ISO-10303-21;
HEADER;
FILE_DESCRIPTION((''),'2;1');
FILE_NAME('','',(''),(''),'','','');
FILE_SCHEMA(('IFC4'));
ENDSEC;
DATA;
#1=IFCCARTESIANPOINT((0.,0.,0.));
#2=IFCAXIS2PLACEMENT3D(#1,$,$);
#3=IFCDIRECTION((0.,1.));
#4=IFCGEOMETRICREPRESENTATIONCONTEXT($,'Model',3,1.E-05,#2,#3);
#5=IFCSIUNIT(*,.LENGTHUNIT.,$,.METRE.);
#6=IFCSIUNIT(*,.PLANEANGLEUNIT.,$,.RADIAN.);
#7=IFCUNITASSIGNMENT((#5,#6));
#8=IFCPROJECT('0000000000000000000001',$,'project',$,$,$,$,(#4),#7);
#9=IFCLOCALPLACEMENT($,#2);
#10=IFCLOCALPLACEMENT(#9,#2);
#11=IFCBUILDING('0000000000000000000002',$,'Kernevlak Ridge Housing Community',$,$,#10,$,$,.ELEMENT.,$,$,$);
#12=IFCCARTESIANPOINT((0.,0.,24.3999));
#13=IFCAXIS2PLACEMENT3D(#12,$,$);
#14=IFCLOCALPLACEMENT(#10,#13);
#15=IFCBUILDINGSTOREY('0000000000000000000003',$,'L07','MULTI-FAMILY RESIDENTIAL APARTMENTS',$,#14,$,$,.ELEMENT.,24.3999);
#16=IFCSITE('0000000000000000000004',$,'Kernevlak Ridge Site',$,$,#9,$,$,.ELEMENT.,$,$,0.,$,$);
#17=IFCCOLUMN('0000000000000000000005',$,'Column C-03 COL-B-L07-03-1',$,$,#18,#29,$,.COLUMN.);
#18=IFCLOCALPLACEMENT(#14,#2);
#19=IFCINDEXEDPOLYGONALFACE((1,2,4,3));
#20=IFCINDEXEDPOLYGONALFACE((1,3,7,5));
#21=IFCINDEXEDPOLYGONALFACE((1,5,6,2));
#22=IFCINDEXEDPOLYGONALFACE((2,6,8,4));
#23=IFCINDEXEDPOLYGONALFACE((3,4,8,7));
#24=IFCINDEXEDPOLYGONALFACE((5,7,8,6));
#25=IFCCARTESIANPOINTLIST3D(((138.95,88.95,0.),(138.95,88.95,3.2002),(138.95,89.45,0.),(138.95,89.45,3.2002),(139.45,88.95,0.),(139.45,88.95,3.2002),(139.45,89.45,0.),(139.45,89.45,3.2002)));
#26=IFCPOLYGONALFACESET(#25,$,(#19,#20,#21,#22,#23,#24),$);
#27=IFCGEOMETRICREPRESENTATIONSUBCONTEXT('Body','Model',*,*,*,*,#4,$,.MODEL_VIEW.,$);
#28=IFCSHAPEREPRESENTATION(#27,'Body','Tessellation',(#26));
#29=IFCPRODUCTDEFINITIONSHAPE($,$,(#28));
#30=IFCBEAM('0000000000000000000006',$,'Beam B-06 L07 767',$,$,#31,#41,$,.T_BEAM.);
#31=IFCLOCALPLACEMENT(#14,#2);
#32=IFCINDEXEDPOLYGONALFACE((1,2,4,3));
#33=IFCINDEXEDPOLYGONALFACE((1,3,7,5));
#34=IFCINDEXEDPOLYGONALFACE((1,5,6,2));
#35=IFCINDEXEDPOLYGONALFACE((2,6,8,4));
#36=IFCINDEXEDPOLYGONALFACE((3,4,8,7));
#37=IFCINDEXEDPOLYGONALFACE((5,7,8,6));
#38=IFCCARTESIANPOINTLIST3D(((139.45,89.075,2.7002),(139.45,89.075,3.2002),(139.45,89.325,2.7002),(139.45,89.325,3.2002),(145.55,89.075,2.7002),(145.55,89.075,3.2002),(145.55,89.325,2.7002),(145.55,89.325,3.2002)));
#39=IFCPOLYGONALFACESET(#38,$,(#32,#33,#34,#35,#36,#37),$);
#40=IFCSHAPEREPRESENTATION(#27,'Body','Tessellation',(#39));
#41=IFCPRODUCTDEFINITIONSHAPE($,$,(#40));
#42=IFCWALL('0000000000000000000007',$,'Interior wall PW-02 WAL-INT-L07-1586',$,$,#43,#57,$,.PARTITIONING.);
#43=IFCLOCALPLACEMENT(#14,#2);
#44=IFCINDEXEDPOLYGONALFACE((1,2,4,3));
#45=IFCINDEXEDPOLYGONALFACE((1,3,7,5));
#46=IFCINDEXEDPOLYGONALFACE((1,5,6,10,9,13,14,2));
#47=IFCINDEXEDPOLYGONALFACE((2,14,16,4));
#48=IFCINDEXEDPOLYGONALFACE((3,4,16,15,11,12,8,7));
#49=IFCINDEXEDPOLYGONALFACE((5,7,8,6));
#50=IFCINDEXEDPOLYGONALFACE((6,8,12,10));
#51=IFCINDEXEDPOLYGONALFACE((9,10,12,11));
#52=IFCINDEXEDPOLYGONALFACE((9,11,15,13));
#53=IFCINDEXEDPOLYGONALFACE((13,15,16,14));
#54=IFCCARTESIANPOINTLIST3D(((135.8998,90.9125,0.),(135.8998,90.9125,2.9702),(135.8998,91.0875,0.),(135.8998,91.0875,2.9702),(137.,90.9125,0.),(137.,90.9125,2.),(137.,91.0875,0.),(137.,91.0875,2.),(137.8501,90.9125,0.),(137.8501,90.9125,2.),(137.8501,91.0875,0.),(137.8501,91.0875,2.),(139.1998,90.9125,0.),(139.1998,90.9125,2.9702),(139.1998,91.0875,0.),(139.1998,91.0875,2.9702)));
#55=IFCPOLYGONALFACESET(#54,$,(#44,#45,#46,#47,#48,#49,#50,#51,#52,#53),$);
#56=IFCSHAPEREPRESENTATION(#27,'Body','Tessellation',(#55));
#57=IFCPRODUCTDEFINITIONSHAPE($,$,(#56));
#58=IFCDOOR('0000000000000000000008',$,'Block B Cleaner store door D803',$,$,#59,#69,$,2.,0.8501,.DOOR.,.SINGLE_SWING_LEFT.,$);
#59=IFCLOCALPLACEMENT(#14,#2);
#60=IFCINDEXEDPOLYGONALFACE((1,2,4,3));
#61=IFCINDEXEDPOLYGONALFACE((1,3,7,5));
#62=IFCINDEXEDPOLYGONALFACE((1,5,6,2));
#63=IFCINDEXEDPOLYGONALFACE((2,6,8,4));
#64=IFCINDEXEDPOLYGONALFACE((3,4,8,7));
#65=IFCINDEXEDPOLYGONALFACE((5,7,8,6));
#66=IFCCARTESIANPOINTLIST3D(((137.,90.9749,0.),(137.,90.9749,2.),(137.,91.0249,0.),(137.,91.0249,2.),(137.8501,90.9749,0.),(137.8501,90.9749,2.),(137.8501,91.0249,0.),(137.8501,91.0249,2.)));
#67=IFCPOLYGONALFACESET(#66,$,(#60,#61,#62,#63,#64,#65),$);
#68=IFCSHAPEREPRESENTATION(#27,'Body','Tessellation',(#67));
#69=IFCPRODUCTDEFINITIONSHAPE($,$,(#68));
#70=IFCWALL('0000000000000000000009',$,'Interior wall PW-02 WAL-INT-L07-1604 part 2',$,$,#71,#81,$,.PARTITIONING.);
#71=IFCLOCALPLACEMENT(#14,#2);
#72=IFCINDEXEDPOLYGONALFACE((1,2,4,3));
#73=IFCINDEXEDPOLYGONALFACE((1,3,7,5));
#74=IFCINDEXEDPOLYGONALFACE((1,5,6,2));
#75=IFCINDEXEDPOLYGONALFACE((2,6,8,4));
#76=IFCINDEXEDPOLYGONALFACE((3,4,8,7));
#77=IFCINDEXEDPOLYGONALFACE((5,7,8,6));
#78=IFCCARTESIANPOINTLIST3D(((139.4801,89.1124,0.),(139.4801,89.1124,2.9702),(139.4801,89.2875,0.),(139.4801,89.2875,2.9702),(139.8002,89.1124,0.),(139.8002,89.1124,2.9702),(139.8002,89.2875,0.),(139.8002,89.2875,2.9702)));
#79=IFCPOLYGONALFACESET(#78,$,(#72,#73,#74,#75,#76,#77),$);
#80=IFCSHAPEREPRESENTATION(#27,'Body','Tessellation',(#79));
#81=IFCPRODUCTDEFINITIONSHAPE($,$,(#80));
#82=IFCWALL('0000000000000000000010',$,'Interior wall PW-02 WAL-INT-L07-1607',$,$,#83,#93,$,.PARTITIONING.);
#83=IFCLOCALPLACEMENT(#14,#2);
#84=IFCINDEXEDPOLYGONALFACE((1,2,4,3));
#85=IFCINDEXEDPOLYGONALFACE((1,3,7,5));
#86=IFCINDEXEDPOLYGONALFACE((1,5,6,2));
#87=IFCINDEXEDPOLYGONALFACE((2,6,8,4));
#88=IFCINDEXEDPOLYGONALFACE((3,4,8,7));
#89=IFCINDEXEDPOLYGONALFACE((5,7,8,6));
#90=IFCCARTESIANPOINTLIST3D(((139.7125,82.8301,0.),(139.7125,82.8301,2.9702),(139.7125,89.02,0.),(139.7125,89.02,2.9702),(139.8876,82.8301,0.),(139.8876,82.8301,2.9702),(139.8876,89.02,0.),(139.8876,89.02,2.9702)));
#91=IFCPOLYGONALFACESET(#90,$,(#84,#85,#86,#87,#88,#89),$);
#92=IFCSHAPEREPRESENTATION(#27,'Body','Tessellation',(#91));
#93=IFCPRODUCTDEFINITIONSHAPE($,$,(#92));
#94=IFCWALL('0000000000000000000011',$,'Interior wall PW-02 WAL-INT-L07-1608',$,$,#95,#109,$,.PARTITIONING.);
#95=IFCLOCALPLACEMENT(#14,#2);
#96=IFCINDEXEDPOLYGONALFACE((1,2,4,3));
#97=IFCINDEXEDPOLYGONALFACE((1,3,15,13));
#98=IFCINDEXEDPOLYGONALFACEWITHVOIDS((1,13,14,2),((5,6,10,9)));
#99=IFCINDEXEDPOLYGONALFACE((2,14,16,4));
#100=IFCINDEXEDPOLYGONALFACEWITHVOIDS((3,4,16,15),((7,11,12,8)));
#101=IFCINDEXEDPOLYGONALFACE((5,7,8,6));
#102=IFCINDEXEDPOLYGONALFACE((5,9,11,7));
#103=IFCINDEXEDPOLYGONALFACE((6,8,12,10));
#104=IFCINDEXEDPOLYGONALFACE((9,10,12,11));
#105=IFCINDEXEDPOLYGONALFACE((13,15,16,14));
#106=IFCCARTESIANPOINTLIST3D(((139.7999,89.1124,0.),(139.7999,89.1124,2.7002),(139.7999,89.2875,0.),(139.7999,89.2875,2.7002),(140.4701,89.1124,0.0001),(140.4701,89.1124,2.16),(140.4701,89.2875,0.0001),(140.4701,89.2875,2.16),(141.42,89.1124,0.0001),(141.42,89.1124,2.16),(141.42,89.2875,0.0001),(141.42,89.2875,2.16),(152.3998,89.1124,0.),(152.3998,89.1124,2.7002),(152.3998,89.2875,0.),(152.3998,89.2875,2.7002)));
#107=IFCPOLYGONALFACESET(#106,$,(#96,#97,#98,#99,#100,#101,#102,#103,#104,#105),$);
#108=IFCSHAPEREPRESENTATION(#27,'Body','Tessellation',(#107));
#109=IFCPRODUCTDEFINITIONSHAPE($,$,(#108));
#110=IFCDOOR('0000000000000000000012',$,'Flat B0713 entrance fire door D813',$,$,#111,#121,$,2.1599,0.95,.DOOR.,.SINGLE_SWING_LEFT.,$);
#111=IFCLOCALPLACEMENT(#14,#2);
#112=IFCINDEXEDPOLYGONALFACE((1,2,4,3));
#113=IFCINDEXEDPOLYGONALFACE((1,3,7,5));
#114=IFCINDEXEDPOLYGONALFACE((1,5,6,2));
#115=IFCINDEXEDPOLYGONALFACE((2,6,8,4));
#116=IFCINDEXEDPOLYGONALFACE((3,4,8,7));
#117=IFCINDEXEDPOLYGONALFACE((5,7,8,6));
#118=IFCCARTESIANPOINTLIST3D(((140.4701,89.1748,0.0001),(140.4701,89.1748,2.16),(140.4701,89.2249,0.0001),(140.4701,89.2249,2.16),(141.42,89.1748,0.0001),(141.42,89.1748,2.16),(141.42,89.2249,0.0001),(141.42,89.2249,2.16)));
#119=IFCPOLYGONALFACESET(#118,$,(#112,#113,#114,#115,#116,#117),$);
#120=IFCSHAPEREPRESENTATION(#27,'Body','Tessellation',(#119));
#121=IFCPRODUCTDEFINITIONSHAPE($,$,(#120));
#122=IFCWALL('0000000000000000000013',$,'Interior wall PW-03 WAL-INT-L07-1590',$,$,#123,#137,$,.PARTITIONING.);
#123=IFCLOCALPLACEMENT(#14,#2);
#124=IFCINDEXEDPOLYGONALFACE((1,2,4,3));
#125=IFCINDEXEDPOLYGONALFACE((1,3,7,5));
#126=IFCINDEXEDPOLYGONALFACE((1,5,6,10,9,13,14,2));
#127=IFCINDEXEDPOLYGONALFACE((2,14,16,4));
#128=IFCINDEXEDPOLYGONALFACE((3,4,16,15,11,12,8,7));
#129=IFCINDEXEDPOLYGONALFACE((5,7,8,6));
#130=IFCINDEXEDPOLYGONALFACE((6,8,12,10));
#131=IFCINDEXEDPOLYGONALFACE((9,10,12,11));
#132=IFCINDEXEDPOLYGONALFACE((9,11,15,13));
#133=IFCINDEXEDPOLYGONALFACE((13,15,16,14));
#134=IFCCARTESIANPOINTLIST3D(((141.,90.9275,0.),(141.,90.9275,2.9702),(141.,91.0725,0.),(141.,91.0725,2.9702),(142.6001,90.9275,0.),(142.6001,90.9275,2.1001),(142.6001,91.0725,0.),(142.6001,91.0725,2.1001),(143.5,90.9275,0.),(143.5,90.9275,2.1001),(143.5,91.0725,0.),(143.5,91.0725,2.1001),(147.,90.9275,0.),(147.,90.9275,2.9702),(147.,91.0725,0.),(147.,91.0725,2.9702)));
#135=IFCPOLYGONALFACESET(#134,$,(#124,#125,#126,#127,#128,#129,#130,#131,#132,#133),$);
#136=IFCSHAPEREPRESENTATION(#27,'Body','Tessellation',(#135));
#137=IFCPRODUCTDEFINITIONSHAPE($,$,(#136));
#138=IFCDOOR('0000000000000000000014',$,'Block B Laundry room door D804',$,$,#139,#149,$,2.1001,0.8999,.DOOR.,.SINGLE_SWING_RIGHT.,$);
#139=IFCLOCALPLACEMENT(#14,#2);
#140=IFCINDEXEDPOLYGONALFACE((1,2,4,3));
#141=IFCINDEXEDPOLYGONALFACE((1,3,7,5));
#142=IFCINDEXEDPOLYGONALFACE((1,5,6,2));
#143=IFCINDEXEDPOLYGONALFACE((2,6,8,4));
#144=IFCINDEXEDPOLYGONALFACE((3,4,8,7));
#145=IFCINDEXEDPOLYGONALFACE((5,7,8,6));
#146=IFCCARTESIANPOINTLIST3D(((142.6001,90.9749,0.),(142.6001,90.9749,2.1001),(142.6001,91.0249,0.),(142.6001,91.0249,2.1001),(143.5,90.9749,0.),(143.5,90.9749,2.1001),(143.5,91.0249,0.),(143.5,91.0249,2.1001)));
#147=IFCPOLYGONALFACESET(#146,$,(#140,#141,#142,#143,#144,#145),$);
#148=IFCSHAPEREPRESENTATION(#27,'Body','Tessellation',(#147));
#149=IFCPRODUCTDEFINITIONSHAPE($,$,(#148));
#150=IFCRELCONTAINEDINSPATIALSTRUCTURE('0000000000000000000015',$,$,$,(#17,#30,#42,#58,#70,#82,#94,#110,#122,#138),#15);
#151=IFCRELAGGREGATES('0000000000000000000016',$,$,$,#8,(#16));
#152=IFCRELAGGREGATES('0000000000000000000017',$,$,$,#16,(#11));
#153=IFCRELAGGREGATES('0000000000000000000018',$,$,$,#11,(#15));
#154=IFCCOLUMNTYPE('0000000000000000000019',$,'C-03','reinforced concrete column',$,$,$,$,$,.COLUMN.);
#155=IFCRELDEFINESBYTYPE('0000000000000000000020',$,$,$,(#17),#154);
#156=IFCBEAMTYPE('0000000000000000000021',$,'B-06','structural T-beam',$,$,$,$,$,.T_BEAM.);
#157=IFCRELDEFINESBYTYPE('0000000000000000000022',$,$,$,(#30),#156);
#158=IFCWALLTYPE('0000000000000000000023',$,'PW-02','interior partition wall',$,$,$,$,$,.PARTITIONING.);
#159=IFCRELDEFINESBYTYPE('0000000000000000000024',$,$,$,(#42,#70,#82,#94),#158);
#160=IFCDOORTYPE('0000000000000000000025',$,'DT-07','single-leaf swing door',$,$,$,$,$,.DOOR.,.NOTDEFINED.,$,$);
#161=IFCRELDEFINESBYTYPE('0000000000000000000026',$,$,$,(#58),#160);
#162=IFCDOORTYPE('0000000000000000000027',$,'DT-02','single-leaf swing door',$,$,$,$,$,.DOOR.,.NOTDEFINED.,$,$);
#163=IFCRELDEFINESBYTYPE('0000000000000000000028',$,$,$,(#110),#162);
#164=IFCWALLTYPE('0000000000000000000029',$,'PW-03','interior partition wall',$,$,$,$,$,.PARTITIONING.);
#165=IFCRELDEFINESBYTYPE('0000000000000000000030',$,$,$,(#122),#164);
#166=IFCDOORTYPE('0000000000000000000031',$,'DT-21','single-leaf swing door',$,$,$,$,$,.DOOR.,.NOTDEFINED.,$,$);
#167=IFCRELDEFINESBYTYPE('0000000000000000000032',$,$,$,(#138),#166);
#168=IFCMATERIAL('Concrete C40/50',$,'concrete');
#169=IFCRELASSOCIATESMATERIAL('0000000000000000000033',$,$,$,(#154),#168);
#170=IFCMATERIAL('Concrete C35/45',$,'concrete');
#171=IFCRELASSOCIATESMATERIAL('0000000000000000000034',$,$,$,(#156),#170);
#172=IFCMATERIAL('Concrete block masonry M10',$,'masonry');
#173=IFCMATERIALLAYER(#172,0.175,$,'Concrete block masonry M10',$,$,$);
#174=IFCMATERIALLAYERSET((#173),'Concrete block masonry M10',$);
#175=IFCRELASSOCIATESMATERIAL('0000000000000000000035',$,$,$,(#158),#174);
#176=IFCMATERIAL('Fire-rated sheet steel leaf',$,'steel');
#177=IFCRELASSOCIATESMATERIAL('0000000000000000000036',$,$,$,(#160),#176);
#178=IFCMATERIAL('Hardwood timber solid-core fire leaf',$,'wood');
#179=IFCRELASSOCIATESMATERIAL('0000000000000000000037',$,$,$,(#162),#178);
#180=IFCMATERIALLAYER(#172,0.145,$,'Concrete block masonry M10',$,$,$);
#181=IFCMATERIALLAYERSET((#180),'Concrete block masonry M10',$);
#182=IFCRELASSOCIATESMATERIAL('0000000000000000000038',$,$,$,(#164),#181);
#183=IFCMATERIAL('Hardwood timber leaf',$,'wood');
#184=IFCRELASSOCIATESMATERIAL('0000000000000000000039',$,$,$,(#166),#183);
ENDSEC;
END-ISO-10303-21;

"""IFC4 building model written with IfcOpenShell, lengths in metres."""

from ifc_helpers import new_model, si_unit, direction, frame, frame_2d, origin, origin_2d, place, context, subcontext, project, spatial, rectangle, extrude, material, layer, layer_set, material_profile, profile_set, type_object, element, fill, save


model = new_model("IFC4")

# Units and contexts
model_context = context("Model", 3, precision=1e-05, world=origin(), true_north=direction((0.0, 1.0)))
body_context = subcontext(model_context, "Body", "Model", "MODEL_VIEW")
ifc_project = project(units=[si_unit("LENGTHUNIT", "METRE"), si_unit("PLANEANGLEUNIT", "RADIAN")], contexts=[model_context])

# Site, building, storey
site_placement = place(None, origin())
site = spatial("IfcSite", under=ifc_project, at=site_placement, Name="Kernevlak Ridge Site", CompositionType="ELEMENT", RefElevation=0.0)
building_placement = place(site_placement, origin())
building = spatial("IfcBuilding", under=site, at=building_placement, Name="Kernevlak Ridge Housing Community", CompositionType="ELEMENT")
storey_placement = place(building_placement, frame((0.0, 0.0, 24.3999)))
storey = spatial("IfcBuildingStorey", under=building, at=storey_placement, Name="L07", Description="MULTI-FAMILY RESIDENTIAL APARTMENTS", CompositionType="ELEMENT", Elevation=24.3999)

# Column
ifc_material_1 = material(Name="Concrete C40/50", Category="concrete")
ifc_material_profile_1 = material_profile(ifc_material_1, rectangle(XDim=0.5, YDim=0.5, at=origin_2d()), Name="RC 500x500")
ifc_profile_set_1 = profile_set([ifc_material_profile_1], Name="Concrete C40/50")
column_type = type_object("IfcColumnType", Name="C-03", Description="reinforced concrete column", PredefinedType="COLUMN", material=ifc_profile_set_1)
column_placement = place(storey_placement, frame((139.2, 89.2, 0.0), z_axis=(0.0, 0.0, 1.0), x_axis=(1.0, 0.0, 0.0)))
element("IfcColumn", 1, at=column_placement, inside=storey, type_object=column_type, Name="Column C-03 COL-B-L07-03-1", PredefinedType="COLUMN", context=body_context, shape_type="SweptSolid", body=[
    extrude(rectangle(XDim=0.5, YDim=0.5, at=origin_2d()), origin(), (0.0, 0.0, 1.0), 3.2002),
])

# Beam
ifc_material_2 = material(Name="Concrete C35/45", Category="concrete")
ifc_material_profile_2 = material_profile(ifc_material_2, rectangle(XDim=0.25, YDim=0.5, at=origin_2d()), Name="RC 250x500")
ifc_profile_set_2 = profile_set([ifc_material_profile_2], Name="Concrete C35/45")
beam_type = type_object("IfcBeamType", Name="B-06", Description="structural T-beam", PredefinedType="T_BEAM", material=ifc_profile_set_2)
beam_placement = place(storey_placement, frame((139.45, 89.2, 2.9502), z_axis=(1.0, 0.0, 0.0), x_axis=(0.0, 1.0, 0.0)))
element("IfcBeam", 2, at=beam_placement, inside=storey, type_object=beam_type, Name="Beam B-06 L07 767", PredefinedType="T_BEAM", context=body_context, shape_type="SweptSolid", body=[
    extrude(rectangle(XDim=0.25, YDim=0.5, at=origin_2d()), origin(), (0.0, 0.0, 1.0), 6.1001),
])

# Wall, opening, door
ifc_material_3 = material(Name="Concrete block masonry M10", Category="masonry")
ifc_layer_1 = layer(ifc_material_3, 0.175, Name="Concrete block masonry M10")
ifc_layer_set_1 = layer_set([ifc_layer_1], Name="Concrete block masonry M10")
wall_type_1 = type_object("IfcWallType", Name="PW-02", Description="interior partition wall", PredefinedType="PARTITIONING", material=ifc_layer_set_1)
wall_1_placement = place(storey_placement, frame((135.8999, 91.0, 0.0), z_axis=(0.0, 0.0, 1.0), x_axis=(1.0, 0.0, 0.0)))
wall_1 = element("IfcWall", 3, at=wall_1_placement, inside=storey, type_object=wall_type_1, Name="Interior wall PW-02 WAL-INT-L07-1586", PredefinedType="PARTITIONING", context=body_context, shape_type="SweptSolid", body=[
    extrude(rectangle(XDim=3.3, YDim=0.175, at=frame_2d((1.6499, 0.0))), origin(), (0.0, 0.0, 1.0), 2.9702),
])
opening_1_placement = place(wall_1_placement, frame((1.1001, 0.0, 0.0)))
opening_1 = element("IfcOpeningElement", 4, at=opening_1_placement, cuts=wall_1, PredefinedType="OPENING", context=body_context, shape_type="SweptSolid", body=[
    extrude(rectangle(XDim=0.8501, YDim=2.0, at=frame_2d((0.425, 1.0))), frame((0.0, 0.0974, 0.0), z_axis=(0.0, -1.0, 0.0), x_axis=(1.0, 0.0, 0.0)), (0.0, 0.0, 1.0), 0.1951),
])
ifc_material_4 = material(Name="Fire-rated sheet steel leaf", Category="steel")
door_type_1 = type_object("IfcDoorType", Name="DT-07", Description="single-leaf swing door", OperationType="NOTDEFINED", PredefinedType="DOOR", material=ifc_material_4)
door_1_placement = place(opening_1_placement, origin())
door_1 = element("IfcDoor", 5, at=door_1_placement, inside=storey, type_object=door_type_1, Name="Block B Cleaner store door D803", OperationType="SINGLE_SWING_LEFT", OverallHeight=2.0, OverallWidth=0.8501, PredefinedType="DOOR", context=body_context, shape_type="SweptSolid", body=[
    extrude(rectangle(XDim=0.8501, YDim=2.0, at=frame_2d((0.425, 1.0))), frame((0.0, 0.0249, 0.0), z_axis=(0.0, -1.0, 0.0), x_axis=(1.0, 0.0, 0.0)), (0.0, 0.0, 1.0), 0.05),
])
fill(opening_1, door_1)

# Walls
wall_2_placement = place(storey_placement, frame((139.48, 89.2, 0.0), z_axis=(0.0, 0.0, 1.0), x_axis=(1.0, 0.0, 0.0)))
element("IfcWall", 6, at=wall_2_placement, inside=storey, type_object=wall_type_1, Name="Interior wall PW-02 WAL-INT-L07-1604 part 2", PredefinedType="PARTITIONING", context=body_context, shape_type="SweptSolid", body=[
    extrude(rectangle(XDim=0.3201, YDim=0.175, at=frame_2d((0.1602, 0.0))), origin(), (0.0, 0.0, 1.0), 2.9702),
])
wall_3_placement = place(storey_placement, frame((139.8, 89.02, 0.0), z_axis=(0.0, 0.0, 1.0), x_axis=(0.0, -1.0, 0.0)))
element("IfcWall", 7, at=wall_3_placement, inside=storey, type_object=wall_type_1, Name="Interior wall PW-02 WAL-INT-L07-1607", PredefinedType="PARTITIONING", context=body_context, shape_type="SweptSolid", body=[
    extrude(rectangle(XDim=6.1899, YDim=0.175, at=frame_2d((3.095, 0.0))), origin(), (0.0, 0.0, 1.0), 2.9702),
])

# Walls, openings, doors
wall_4_placement = place(storey_placement, frame((139.8, 89.2, 0.0), z_axis=(0.0, 0.0, 1.0), x_axis=(1.0, 0.0, 0.0)))
wall_4 = element("IfcWall", 8, at=wall_4_placement, inside=storey, type_object=wall_type_1, Name="Interior wall PW-02 WAL-INT-L07-1608", PredefinedType="PARTITIONING", context=body_context, shape_type="SweptSolid", body=[
    extrude(rectangle(XDim=12.5999, YDim=0.175, at=frame_2d((6.2998, 0.0))), origin(), (0.0, 0.0, 1.0), 2.7002),
])
opening_2_placement = place(wall_4_placement, frame((0.6699, 0.0, 0.0)))
opening_2 = element("IfcOpeningElement", 9, at=opening_2_placement, cuts=wall_4, PredefinedType="OPENING", context=body_context, shape_type="SweptSolid", body=[
    extrude(rectangle(XDim=0.95, YDim=2.1599, at=frame_2d((0.4751, 1.0801))), frame((0.0, 0.0974, 0.0), z_axis=(0.0, -1.0, 0.0), x_axis=(1.0, 0.0, 0.0)), (0.0, 0.0, 1.0), 0.1951),
])
ifc_material_5 = material(Name="Hardwood timber solid-core fire leaf", Category="wood")
door_type_2 = type_object("IfcDoorType", Name="DT-02", Description="single-leaf swing door", OperationType="NOTDEFINED", PredefinedType="DOOR", material=ifc_material_5)
door_2_placement = place(opening_2_placement, origin())
door_2 = element("IfcDoor", 10, at=door_2_placement, inside=storey, type_object=door_type_2, Name="Flat B0713 entrance fire door D813", OperationType="SINGLE_SWING_LEFT", OverallHeight=2.1599, OverallWidth=0.95, PredefinedType="DOOR", context=body_context, shape_type="SweptSolid", body=[
    extrude(rectangle(XDim=0.95, YDim=2.1599, at=frame_2d((0.4751, 1.0801))), frame((0.0, 0.0249, 0.0), z_axis=(0.0, -1.0, 0.0), x_axis=(1.0, 0.0, 0.0)), (0.0, 0.0, 1.0), 0.05),
])
fill(opening_2, door_2)
ifc_layer_2 = layer(ifc_material_3, 0.145, Name="Concrete block masonry M10")
ifc_layer_set_2 = layer_set([ifc_layer_2], Name="Concrete block masonry M10")
wall_type_2 = type_object("IfcWallType", Name="PW-03", Description="interior partition wall", PredefinedType="PARTITIONING", material=ifc_layer_set_2)
wall_5_placement = place(storey_placement, frame((141.0, 91.0, 0.0), z_axis=(0.0, 0.0, 1.0), x_axis=(1.0, 0.0, 0.0)))
wall_5 = element("IfcWall", 11, at=wall_5_placement, inside=storey, type_object=wall_type_2, Name="Interior wall PW-03 WAL-INT-L07-1590", PredefinedType="PARTITIONING", context=body_context, shape_type="SweptSolid", body=[
    extrude(rectangle(XDim=6.0, YDim=0.145, at=frame_2d((3.0, 0.0))), origin(), (0.0, 0.0, 1.0), 2.9702),
])
opening_3_placement = place(wall_5_placement, frame((1.6001, 0.0, 0.0)))
opening_3 = element("IfcOpeningElement", 12, at=opening_3_placement, cuts=wall_5, PredefinedType="OPENING", context=body_context, shape_type="SweptSolid", body=[
    extrude(rectangle(XDim=0.8999, YDim=2.1001, at=frame_2d((0.45, 1.05))), frame((0.0, 0.0825, 0.0), z_axis=(0.0, -1.0, 0.0), x_axis=(1.0, 0.0, 0.0)), (0.0, 0.0, 1.0), 0.165),
])
ifc_material_6 = material(Name="Hardwood timber leaf", Category="wood")
door_type_3 = type_object("IfcDoorType", Name="DT-21", Description="single-leaf swing door", OperationType="NOTDEFINED", PredefinedType="DOOR", material=ifc_material_6)
door_3_placement = place(opening_3_placement, origin())
door_3 = element("IfcDoor", 13, at=door_3_placement, inside=storey, type_object=door_type_3, Name="Block B Laundry room door D804", OperationType="SINGLE_SWING_RIGHT", OverallHeight=2.1001, OverallWidth=0.8999, PredefinedType="DOOR", context=body_context, shape_type="SweptSolid", body=[
    extrude(rectangle(XDim=0.8999, YDim=2.1001, at=frame_2d((0.45, 1.05))), frame((0.0, 0.0249, 0.0), z_axis=(0.0, -1.0, 0.0), x_axis=(1.0, 0.0, 0.0)), (0.0, 0.0, 1.0), 0.05),
])
fill(opening_3, door_3)

save(model, "model.ifc")
